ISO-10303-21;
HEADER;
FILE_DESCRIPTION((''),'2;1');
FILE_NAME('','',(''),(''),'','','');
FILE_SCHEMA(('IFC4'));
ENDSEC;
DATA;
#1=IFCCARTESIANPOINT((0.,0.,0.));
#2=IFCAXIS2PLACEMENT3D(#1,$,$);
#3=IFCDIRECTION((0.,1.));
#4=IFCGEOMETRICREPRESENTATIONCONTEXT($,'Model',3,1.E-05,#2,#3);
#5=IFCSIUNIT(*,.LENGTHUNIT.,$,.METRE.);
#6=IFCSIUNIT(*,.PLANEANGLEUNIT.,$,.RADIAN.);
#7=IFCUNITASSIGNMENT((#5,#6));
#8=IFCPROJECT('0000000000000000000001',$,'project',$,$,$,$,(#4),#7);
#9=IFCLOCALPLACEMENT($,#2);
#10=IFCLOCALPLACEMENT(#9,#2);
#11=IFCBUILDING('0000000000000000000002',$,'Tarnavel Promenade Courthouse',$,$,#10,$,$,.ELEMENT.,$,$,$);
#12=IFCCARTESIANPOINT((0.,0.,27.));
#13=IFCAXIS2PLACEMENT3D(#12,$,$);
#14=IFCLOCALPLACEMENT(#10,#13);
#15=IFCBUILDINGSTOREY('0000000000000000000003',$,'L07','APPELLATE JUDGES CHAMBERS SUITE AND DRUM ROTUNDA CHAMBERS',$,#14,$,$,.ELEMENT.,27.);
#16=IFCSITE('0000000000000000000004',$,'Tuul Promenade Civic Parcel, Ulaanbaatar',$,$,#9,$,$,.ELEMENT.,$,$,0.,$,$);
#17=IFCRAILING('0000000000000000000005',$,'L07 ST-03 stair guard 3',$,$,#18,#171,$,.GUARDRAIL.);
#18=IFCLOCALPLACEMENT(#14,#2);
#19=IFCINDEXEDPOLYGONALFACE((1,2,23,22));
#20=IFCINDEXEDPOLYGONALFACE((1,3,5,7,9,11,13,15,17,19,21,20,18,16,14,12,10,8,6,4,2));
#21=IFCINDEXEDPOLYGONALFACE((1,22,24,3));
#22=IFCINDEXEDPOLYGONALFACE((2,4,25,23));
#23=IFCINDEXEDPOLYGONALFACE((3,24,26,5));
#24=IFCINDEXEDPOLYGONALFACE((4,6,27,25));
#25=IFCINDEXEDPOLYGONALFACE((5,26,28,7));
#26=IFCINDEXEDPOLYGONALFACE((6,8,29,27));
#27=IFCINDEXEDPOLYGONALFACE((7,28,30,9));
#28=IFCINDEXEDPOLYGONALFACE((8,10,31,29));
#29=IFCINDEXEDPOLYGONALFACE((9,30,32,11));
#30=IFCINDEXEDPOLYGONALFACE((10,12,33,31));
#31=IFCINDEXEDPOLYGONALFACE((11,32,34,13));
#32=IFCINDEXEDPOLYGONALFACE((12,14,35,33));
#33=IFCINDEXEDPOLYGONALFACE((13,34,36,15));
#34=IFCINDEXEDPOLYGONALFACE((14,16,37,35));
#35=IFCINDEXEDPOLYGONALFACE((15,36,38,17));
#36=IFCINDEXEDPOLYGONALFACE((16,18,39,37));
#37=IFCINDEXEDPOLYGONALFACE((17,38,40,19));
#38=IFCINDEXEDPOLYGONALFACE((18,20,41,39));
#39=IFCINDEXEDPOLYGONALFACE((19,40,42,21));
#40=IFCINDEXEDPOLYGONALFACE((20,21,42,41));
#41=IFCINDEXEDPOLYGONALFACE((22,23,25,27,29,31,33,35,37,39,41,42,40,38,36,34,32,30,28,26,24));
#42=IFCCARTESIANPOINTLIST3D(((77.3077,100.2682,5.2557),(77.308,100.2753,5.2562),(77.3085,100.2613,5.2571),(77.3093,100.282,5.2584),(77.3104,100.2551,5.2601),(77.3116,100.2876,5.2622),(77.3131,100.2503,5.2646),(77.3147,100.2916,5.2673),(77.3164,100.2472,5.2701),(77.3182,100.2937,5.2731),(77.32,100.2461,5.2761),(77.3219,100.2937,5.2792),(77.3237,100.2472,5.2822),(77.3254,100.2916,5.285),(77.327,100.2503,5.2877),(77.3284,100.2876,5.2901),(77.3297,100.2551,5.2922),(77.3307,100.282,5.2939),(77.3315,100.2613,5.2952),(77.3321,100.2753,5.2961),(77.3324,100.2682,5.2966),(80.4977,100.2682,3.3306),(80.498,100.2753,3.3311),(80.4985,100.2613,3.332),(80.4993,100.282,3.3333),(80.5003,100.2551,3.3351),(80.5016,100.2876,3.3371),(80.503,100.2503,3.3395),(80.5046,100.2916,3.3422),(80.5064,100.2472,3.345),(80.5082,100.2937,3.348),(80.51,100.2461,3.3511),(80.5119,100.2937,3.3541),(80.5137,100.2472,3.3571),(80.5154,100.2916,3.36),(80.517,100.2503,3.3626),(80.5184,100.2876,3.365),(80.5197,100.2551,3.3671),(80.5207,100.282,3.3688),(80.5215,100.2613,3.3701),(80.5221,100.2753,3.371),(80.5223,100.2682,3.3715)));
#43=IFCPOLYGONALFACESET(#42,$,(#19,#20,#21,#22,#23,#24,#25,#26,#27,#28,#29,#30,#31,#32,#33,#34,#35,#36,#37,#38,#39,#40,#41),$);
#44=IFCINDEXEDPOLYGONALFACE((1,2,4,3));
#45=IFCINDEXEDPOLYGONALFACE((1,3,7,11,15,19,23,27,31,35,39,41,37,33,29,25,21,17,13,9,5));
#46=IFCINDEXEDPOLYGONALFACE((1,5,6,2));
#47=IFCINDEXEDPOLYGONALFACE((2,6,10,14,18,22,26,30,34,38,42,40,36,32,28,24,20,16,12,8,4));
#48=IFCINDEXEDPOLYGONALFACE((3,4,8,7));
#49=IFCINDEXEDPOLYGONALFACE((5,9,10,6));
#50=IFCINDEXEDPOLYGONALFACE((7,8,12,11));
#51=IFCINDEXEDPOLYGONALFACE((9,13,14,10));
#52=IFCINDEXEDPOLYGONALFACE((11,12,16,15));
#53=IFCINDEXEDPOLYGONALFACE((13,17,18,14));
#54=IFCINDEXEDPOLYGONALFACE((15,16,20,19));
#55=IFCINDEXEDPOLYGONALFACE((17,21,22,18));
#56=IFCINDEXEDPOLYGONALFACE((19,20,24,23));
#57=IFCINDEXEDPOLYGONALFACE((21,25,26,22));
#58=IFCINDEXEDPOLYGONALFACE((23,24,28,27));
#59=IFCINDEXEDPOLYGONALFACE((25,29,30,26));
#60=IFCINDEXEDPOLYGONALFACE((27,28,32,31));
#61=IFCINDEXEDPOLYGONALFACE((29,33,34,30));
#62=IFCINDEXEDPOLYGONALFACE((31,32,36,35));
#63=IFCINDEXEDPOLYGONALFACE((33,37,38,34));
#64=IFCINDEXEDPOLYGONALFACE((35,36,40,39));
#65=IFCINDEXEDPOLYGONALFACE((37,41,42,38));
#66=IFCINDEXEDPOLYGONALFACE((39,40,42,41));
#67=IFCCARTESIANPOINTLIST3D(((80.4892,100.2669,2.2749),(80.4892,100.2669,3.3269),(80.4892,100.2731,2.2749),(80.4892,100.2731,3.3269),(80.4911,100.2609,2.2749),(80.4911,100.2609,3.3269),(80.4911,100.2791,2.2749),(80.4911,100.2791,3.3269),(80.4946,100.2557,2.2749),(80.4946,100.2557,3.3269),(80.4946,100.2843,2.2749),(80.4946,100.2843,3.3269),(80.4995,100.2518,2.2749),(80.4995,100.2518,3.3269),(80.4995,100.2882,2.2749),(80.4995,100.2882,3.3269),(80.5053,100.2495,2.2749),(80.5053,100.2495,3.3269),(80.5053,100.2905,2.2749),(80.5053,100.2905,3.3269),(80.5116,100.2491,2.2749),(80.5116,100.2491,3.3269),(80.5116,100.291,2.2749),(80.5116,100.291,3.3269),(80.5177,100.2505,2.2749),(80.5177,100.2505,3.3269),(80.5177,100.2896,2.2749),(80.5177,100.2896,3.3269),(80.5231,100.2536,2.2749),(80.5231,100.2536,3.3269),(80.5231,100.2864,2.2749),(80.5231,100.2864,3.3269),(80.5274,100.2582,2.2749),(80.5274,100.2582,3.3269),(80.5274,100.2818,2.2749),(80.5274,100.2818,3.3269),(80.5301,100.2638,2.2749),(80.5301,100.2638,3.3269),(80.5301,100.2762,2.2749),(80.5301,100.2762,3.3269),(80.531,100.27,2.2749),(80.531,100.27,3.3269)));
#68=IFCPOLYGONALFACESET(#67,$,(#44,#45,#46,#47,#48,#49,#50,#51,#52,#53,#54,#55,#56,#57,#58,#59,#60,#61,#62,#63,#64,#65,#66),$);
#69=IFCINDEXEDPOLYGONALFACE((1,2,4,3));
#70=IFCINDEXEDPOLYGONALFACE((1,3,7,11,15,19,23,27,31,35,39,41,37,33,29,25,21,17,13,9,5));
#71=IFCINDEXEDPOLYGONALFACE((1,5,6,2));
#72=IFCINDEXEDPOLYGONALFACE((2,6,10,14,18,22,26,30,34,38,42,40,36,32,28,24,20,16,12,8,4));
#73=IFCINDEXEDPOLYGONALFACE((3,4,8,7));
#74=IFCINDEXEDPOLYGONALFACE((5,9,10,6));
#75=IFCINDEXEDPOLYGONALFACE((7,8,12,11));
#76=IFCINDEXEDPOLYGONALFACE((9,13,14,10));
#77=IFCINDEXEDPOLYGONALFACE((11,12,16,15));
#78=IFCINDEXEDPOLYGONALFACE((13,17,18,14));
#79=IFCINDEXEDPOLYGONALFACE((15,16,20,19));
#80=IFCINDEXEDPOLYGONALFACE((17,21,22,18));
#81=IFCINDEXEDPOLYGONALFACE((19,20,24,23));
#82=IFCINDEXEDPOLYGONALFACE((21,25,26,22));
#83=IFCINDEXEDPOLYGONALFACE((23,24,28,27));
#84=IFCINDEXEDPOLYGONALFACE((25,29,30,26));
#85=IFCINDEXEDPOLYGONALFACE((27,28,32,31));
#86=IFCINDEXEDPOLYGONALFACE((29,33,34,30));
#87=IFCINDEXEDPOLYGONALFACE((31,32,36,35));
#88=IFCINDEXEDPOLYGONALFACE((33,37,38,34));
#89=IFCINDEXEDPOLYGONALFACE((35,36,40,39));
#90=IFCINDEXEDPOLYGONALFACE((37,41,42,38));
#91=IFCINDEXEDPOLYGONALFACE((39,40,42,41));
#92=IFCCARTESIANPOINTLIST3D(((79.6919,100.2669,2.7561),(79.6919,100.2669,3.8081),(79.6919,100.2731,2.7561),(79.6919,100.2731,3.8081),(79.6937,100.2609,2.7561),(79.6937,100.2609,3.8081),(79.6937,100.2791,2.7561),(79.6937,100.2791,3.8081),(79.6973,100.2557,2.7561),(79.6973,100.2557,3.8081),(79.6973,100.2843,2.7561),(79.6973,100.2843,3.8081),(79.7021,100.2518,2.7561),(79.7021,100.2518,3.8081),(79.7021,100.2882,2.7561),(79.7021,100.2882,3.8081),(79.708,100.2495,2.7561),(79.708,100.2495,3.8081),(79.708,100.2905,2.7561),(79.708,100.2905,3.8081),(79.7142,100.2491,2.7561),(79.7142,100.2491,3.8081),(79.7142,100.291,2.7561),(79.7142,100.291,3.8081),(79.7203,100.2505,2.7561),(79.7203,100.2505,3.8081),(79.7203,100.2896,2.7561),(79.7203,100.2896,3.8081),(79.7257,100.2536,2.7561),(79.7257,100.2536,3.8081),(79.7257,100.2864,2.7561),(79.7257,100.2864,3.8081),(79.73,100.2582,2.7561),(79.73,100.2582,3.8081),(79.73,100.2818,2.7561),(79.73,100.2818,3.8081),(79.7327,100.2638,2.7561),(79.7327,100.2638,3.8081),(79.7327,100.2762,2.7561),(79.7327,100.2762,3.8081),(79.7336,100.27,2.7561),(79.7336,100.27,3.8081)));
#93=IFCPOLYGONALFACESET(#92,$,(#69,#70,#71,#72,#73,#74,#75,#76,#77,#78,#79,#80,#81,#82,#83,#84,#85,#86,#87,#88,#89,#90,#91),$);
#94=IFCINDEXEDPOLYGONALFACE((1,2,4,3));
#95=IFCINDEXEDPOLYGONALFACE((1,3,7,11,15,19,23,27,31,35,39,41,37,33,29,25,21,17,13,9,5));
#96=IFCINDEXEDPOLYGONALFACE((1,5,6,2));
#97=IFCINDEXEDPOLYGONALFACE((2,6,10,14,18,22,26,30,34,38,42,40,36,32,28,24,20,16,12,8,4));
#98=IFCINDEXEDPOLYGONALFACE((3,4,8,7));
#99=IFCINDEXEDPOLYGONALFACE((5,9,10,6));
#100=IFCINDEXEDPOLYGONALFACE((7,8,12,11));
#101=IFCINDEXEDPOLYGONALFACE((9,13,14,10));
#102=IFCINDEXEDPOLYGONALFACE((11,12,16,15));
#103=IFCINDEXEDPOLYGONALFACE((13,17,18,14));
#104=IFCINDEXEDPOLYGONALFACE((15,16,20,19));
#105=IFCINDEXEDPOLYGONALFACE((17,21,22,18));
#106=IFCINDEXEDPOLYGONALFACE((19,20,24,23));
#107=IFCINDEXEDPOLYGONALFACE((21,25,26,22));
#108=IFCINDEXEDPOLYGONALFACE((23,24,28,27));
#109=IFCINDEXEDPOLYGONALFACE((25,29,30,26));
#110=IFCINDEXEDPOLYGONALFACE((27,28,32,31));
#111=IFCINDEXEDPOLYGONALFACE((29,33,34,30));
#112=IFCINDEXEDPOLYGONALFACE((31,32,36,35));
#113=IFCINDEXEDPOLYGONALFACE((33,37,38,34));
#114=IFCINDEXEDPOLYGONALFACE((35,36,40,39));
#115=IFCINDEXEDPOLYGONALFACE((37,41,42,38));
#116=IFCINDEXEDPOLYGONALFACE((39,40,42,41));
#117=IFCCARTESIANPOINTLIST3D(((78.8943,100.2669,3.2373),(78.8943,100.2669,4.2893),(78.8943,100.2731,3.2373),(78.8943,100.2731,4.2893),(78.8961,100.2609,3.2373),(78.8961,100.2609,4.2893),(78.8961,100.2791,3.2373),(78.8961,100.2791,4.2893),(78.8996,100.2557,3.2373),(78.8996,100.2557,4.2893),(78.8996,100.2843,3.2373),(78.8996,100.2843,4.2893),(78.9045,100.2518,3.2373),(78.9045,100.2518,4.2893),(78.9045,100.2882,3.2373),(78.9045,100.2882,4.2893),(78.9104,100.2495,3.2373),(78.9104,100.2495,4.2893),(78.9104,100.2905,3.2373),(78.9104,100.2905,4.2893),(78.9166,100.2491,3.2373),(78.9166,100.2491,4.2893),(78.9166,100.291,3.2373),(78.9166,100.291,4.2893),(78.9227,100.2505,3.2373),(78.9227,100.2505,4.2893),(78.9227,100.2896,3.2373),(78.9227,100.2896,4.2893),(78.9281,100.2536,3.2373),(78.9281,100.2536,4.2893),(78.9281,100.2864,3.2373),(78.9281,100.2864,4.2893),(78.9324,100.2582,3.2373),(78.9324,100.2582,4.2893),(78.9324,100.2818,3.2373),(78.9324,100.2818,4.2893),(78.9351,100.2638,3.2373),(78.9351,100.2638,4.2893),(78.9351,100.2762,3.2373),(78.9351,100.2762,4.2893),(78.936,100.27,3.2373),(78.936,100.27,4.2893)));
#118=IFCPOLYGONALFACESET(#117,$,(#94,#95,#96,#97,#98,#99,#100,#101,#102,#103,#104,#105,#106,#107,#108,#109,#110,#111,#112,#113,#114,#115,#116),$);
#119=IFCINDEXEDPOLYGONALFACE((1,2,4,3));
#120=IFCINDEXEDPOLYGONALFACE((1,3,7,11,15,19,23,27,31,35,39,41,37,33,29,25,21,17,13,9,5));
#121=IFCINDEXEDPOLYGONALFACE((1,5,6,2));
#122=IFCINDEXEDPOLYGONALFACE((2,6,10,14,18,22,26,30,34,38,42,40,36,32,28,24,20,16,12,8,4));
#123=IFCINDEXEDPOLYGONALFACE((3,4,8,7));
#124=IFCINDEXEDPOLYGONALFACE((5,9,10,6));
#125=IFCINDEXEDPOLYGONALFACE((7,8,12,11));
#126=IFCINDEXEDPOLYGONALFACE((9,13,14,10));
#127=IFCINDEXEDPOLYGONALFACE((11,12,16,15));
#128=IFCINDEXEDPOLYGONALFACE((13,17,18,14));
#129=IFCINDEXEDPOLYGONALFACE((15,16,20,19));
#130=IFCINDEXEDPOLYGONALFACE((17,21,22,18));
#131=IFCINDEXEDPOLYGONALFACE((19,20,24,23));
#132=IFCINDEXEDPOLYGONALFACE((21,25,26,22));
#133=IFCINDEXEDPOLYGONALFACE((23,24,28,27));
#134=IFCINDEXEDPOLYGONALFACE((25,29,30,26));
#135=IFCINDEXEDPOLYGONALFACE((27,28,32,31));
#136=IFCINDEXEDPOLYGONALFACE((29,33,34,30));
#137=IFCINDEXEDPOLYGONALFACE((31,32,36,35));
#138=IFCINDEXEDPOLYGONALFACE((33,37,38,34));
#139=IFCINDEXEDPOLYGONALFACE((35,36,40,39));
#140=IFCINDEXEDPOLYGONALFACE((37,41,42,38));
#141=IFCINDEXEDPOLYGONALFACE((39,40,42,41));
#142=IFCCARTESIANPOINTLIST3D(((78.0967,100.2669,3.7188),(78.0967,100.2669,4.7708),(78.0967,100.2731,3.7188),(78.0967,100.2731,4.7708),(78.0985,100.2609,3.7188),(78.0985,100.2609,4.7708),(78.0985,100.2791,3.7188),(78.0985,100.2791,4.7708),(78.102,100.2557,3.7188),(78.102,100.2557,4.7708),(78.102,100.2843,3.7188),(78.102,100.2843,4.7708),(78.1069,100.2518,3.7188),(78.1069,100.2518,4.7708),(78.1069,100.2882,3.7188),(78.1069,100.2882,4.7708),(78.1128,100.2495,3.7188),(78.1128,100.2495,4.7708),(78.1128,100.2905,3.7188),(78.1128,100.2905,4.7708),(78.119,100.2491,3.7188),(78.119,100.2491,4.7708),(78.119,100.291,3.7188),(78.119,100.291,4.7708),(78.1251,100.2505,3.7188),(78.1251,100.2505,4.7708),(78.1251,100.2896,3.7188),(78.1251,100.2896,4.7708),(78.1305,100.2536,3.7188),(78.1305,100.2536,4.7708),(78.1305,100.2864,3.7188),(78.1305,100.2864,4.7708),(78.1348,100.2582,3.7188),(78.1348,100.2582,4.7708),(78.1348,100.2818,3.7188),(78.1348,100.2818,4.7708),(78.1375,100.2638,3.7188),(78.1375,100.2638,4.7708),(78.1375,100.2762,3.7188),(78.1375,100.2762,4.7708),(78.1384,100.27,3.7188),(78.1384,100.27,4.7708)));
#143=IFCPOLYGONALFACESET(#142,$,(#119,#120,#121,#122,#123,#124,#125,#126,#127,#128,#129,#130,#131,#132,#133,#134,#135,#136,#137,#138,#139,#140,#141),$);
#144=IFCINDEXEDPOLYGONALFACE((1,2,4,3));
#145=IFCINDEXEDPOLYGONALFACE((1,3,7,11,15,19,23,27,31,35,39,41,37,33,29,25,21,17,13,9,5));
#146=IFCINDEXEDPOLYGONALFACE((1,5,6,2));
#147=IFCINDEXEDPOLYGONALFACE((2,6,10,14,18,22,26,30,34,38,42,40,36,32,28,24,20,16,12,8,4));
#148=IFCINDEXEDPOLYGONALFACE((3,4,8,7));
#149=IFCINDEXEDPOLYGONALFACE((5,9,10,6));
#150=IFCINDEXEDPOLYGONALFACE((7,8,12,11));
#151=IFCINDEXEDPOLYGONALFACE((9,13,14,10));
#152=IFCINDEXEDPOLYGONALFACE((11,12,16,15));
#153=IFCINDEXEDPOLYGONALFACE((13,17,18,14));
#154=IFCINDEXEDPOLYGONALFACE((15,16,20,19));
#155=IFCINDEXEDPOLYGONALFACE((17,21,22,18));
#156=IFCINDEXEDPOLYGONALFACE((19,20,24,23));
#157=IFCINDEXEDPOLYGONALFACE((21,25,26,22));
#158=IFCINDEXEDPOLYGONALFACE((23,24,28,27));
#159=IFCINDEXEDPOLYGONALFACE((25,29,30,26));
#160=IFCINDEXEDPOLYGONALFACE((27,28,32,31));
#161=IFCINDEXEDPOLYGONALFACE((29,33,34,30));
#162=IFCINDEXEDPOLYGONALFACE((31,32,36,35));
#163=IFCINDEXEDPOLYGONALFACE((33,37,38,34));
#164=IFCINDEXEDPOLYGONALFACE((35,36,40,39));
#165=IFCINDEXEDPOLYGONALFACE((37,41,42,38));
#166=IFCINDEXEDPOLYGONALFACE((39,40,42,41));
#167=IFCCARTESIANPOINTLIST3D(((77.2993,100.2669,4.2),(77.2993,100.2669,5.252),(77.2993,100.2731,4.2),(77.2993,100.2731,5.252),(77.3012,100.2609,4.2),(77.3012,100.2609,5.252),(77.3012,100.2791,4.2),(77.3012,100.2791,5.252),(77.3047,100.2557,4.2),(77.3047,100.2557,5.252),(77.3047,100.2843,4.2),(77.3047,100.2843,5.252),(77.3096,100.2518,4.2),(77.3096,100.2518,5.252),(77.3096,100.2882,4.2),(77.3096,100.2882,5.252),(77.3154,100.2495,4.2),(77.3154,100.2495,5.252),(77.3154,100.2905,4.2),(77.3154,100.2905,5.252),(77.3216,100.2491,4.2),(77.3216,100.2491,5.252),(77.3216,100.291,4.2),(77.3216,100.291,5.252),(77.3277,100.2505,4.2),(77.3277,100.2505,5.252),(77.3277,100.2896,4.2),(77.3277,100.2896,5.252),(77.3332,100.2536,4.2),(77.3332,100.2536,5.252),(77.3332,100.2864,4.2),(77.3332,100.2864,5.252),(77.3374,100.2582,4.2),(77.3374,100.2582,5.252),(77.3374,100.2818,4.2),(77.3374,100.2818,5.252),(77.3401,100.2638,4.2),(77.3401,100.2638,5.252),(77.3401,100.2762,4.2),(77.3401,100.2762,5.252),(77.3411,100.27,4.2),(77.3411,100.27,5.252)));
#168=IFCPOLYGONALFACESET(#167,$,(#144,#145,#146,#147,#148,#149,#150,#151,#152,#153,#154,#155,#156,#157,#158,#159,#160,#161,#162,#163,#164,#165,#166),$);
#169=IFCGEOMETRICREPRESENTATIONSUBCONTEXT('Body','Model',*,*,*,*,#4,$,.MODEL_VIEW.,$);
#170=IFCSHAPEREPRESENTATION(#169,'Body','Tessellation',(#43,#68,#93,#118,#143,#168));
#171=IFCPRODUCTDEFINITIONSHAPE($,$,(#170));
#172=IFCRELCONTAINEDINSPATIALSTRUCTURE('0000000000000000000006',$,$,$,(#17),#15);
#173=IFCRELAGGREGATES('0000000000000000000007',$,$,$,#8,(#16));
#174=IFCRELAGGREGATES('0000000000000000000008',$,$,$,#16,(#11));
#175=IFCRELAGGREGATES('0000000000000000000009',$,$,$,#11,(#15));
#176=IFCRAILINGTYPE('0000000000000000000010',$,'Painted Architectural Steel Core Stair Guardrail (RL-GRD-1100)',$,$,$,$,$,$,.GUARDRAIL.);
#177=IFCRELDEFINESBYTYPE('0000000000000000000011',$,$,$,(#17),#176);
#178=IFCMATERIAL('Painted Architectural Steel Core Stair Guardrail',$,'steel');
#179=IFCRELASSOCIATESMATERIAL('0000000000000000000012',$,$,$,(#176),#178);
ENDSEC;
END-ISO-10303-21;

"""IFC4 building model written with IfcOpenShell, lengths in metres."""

from ifc_helpers import new_model, si_unit, direction, frame, origin, origin_2d, place, context, subcontext, project, spatial, circle, extrude, material, type_object, element, save


model = new_model("IFC4")

# Units and contexts
model_context = context("Model", 3, precision=1e-05, world=origin(), true_north=direction((0.0, 1.0)))
body_context = subcontext(model_context, "Body", "Model", "MODEL_VIEW")
ifc_project = project(units=[si_unit("LENGTHUNIT", "METRE"), si_unit("PLANEANGLEUNIT", "RADIAN")], contexts=[model_context])

# Site, building, storey
site_placement = place(None, origin())
site = spatial("IfcSite", under=ifc_project, at=site_placement, Name="Tuul Promenade Civic Parcel, Ulaanbaatar", CompositionType="ELEMENT", RefElevation=0.0)
building_placement = place(site_placement, origin())
building = spatial("IfcBuilding", under=site, at=building_placement, Name="Tarnavel Promenade Courthouse", CompositionType="ELEMENT")
storey_placement = place(building_placement, frame((0.0, 0.0, 27.0)))
storey = spatial("IfcBuildingStorey", under=building, at=storey_placement, Name="L07", Description="APPELLATE JUDGES CHAMBERS SUITE AND DRUM ROTUNDA CHAMBERS", CompositionType="ELEMENT", Elevation=27.0)

# Railing
ifc_material_1 = material(Name="Painted Architectural Steel Core Stair Guardrail", Category="steel")
railing_type_1 = type_object("IfcRailingType", Name="Painted Architectural Steel Core Stair Guardrail (RL-GRD-1100)", PredefinedType="GUARDRAIL", material=ifc_material_1)
railing_1_placement = place(storey_placement, frame((80.51, 100.27, 2.2749)))
element("IfcRailing", 1, at=railing_1_placement, inside=storey, type_object=railing_type_1, Name="L07 ST-03 stair guard 3", PredefinedType="GUARDRAIL", context=body_context, shape_type="SweptSolid", body=[
    extrude(circle(Radius=0.0239, at=origin_2d()), frame((0.0, 0.0, 1.0762), z_axis=(-0.856178, 0.0, 0.516682), x_axis=(0.0, -1.0, 0.0)), (0.0, 0.0, 1.0), 3.7258),
    extrude(circle(Radius=0.021, at=origin_2d()), origin(), (0.0, 0.0, 1.0), 1.052),
    extrude(circle(Radius=0.021, at=origin_2d()), frame((-0.7974, 0.0, 0.4812)), (0.0, 0.0, 1.0), 1.052),
    extrude(circle(Radius=0.021, at=origin_2d()), frame((-1.595, 0.0, 0.9624)), (0.0, 0.0, 1.0), 1.052),
    extrude(circle(Radius=0.021, at=origin_2d()), frame((-2.3926, 0.0, 1.4438)), (0.0, 0.0, 1.0), 1.052),
    extrude(circle(Radius=0.021, at=origin_2d()), frame((-3.1899, 0.0, 1.925)), (0.0, 0.0, 1.0), 1.052),
])

save(model, "model.ifc")
